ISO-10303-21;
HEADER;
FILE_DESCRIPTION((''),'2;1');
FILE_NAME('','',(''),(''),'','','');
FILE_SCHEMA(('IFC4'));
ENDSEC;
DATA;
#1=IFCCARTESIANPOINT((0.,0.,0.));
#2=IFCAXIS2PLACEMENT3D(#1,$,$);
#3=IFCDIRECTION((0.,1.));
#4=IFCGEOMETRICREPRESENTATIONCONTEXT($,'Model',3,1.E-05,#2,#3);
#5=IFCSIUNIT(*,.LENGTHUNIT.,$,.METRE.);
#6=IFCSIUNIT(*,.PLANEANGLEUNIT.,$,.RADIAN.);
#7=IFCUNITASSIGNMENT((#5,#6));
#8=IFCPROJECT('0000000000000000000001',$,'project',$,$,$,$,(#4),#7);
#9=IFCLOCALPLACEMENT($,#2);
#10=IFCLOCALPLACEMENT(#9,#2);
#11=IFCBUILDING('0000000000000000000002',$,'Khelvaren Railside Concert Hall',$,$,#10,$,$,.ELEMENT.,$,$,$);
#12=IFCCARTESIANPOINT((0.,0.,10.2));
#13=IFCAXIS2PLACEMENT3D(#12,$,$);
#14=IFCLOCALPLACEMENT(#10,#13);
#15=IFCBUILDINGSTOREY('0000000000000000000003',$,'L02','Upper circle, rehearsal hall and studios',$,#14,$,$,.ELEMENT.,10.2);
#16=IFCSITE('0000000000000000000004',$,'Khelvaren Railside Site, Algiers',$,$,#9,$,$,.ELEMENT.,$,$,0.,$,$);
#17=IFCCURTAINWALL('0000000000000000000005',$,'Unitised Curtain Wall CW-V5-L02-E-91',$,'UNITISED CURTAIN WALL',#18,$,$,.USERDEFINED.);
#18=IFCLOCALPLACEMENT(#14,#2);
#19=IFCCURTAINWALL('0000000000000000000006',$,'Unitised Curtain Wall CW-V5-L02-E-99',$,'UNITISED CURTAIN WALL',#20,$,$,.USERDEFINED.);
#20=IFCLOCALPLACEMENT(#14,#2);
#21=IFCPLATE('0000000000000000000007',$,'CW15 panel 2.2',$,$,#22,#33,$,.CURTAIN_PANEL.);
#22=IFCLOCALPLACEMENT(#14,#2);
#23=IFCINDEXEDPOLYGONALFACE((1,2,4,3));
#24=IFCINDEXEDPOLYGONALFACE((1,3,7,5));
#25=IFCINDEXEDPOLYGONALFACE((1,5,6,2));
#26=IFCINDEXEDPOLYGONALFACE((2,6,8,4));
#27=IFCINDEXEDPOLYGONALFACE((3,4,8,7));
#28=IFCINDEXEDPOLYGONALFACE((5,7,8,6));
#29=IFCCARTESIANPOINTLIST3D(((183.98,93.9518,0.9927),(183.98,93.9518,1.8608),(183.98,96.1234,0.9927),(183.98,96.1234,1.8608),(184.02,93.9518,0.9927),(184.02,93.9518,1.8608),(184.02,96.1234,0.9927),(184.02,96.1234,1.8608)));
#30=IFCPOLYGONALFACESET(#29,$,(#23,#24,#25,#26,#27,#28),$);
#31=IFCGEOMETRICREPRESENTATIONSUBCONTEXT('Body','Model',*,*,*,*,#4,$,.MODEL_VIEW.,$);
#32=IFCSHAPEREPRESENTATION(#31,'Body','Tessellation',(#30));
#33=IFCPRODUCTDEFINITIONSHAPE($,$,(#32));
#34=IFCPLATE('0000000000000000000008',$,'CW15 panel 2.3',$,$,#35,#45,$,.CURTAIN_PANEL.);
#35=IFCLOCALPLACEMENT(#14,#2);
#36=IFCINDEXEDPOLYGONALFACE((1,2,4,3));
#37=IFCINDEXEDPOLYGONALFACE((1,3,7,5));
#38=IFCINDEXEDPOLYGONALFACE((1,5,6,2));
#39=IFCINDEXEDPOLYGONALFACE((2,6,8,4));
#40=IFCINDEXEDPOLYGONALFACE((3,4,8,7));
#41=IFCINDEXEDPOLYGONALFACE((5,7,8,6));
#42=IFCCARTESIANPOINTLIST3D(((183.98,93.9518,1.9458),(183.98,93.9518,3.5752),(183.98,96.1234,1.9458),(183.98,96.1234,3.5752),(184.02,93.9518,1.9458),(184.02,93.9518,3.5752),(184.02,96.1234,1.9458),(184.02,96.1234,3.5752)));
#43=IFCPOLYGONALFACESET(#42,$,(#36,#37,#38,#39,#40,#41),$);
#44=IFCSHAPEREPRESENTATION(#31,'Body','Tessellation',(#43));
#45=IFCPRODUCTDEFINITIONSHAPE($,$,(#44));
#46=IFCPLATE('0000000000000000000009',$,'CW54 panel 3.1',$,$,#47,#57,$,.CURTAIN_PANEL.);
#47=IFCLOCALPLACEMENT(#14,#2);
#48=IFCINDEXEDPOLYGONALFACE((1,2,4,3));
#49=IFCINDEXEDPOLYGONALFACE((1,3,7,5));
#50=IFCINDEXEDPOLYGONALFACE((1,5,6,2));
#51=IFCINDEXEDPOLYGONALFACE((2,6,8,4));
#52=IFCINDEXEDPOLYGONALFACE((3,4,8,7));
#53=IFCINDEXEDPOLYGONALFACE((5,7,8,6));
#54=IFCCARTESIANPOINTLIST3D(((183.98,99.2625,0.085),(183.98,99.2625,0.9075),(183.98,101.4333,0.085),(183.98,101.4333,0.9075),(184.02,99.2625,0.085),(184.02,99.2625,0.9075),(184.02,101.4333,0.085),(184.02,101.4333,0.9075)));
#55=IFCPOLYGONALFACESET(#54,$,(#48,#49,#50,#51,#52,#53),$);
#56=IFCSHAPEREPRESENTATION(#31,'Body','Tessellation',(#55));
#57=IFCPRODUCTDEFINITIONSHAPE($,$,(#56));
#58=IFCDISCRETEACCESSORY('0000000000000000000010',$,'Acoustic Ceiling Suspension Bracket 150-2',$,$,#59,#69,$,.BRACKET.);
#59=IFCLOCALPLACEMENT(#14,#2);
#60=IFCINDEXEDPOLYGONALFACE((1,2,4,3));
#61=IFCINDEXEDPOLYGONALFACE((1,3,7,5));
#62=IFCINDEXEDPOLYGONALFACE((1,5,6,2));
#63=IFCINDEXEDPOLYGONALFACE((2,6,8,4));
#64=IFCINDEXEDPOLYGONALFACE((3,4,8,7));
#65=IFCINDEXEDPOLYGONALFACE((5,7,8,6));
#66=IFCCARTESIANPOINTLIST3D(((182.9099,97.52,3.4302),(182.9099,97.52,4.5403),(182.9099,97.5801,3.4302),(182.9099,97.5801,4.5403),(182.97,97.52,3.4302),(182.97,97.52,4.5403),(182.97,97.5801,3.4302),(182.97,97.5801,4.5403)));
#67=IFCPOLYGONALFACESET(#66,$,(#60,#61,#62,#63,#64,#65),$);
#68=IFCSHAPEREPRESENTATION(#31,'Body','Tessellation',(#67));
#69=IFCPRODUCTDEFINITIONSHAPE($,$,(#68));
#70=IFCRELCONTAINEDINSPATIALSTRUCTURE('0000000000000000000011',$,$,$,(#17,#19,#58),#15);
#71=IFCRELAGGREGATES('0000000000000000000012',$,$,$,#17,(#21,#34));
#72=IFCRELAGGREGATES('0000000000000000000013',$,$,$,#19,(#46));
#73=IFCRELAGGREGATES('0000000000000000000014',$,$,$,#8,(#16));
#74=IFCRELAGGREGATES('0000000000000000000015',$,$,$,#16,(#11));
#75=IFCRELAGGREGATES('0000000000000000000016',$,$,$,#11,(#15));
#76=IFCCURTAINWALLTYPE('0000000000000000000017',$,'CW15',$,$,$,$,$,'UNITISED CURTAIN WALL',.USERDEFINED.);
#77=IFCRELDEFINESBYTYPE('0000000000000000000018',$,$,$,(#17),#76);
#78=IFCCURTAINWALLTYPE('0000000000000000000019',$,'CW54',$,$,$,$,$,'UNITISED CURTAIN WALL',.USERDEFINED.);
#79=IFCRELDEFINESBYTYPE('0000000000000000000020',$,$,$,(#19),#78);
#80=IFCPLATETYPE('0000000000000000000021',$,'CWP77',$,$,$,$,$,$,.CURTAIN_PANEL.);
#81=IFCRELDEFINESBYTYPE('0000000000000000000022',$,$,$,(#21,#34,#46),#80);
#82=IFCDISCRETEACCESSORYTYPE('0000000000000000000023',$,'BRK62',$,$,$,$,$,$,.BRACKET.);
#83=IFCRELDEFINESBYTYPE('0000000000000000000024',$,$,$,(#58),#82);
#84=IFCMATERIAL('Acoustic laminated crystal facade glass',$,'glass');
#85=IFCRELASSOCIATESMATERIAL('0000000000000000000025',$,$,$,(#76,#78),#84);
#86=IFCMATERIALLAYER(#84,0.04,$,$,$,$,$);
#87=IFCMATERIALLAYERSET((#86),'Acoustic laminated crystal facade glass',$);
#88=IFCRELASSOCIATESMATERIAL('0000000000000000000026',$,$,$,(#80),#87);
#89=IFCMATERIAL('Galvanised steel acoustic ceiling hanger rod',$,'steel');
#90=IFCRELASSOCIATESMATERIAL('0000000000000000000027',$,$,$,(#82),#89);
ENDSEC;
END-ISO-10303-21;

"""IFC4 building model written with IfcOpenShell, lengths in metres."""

from ifc_helpers import new_model, si_unit, direction, frame, origin, origin_2d, place, context, subcontext, project, spatial, rectangle, extrude, material, layer, layer_set, type_object, element, aggregate, save


model = new_model("IFC4")

# Units and contexts
model_context = context("Model", 3, precision=1e-05, world=origin(), true_north=direction((0.0, 1.0)))
body_context = subcontext(model_context, "Body", "Model", "MODEL_VIEW")
ifc_project = project(units=[si_unit("LENGTHUNIT", "METRE"), si_unit("PLANEANGLEUNIT", "RADIAN")], contexts=[model_context])

# Site, building, storey
site_placement = place(None, origin())
site = spatial("IfcSite", under=ifc_project, at=site_placement, Name="Khelvaren Railside Site, Algiers", CompositionType="ELEMENT", RefElevation=0.0)
building_placement = place(site_placement, origin())
building = spatial("IfcBuilding", under=site, at=building_placement, Name="Khelvaren Railside Concert Hall", CompositionType="ELEMENT")
storey_placement = place(building_placement, frame((0.0, 0.0, 10.2)))
storey = spatial("IfcBuildingStorey", under=building, at=storey_placement, Name="L02", Description="Upper circle, rehearsal hall and studios", CompositionType="ELEMENT", Elevation=10.2)

# Curtain wall
ifc_material_1 = material(Name="Acoustic laminated crystal facade glass", Category="glass")
curtain_wall_type_1 = type_object("IfcCurtainWallType", Name="CW15", ElementType="UNITISED CURTAIN WALL", PredefinedType="USERDEFINED", material=ifc_material_1)
curtain_wall_1_placement = place(storey_placement, origin())
curtain_wall_1 = element("IfcCurtainWall", 1, at=curtain_wall_1_placement, inside=storey, type_object=curtain_wall_type_1, Name="Unitised Curtain Wall CW-V5-L02-E-91", ObjectType="UNITISED CURTAIN WALL", PredefinedType="USERDEFINED")

# Curtain wall
curtain_wall_type_2 = type_object("IfcCurtainWallType", Name="CW54", ElementType="UNITISED CURTAIN WALL", PredefinedType="USERDEFINED", material=ifc_material_1)
curtain_wall_2_placement = place(storey_placement, origin())
curtain_wall_2 = element("IfcCurtainWall", 2, at=curtain_wall_2_placement, inside=storey, type_object=curtain_wall_type_2, Name="Unitised Curtain Wall CW-V5-L02-E-99", ObjectType="UNITISED CURTAIN WALL", PredefinedType="USERDEFINED")

# Plates
ifc_layer = layer(ifc_material_1, 0.04)
ifc_layer_set = layer_set([ifc_layer], Name="Acoustic laminated crystal facade glass")
plate_type = type_object("IfcPlateType", Name="CWP77", PredefinedType="CURTAIN_PANEL", material=ifc_layer_set)
plate_1_placement = place(storey_placement, frame((184.0, 95.0376, 0.9927), z_axis=(0.0, 0.0, 1.0), x_axis=(0.0, -1.0, 0.0)))
plate_1 = element("IfcPlate", 3, at=plate_1_placement, type_object=plate_type, Name="CW15 panel 2.2", PredefinedType="CURTAIN_PANEL", context=body_context, shape_type="SweptSolid", body=[
    extrude(rectangle(XDim=2.1716, YDim=0.04, at=origin_2d()), origin(), (0.0, 0.0, 1.0), 0.8682),
])
plate_2_placement = place(storey_placement, frame((184.0, 95.0376, 1.9458), z_axis=(0.0, 0.0, 1.0), x_axis=(0.0, -1.0, 0.0)))
plate_2 = element("IfcPlate", 4, at=plate_2_placement, type_object=plate_type, Name="CW15 panel 2.3", PredefinedType="CURTAIN_PANEL", context=body_context, shape_type="SweptSolid", body=[
    extrude(rectangle(XDim=2.1716, YDim=0.04, at=origin_2d()), origin(), (0.0, 0.0, 1.0), 1.6294),
])
aggregate(curtain_wall_1, [plate_1, plate_2])
plate_3_placement = place(storey_placement, frame((184.0, 100.3479, 0.085), z_axis=(0.0, 0.0, 1.0), x_axis=(0.0, -1.0, 0.0)))
plate_3 = element("IfcPlate", 5, at=plate_3_placement, type_object=plate_type, Name="CW54 panel 3.1", PredefinedType="CURTAIN_PANEL", context=body_context, shape_type="SweptSolid", body=[
    extrude(rectangle(XDim=2.1709, YDim=0.04, at=origin_2d()), origin(), (0.0, 0.0, 1.0), 0.8225),
])
aggregate(curtain_wall_2, [plate_3])

# Discrete accessory
ifc_material_2 = material(Name="Galvanised steel acoustic ceiling hanger rod", Category="steel")
discrete_accessory_type = type_object("IfcDiscreteAccessoryType", Name="BRK62", PredefinedType="BRACKET", material=ifc_material_2)
discrete_accessory_placement = place(storey_placement, frame((182.9399, 97.55, 3.4302), z_axis=(0.0, 0.0, 1.0), x_axis=(1.0, 0.0, 0.0)))
element("IfcDiscreteAccessory", 6, at=discrete_accessory_placement, inside=storey, type_object=discrete_accessory_type, Name="Acoustic Ceiling Suspension Bracket 150-2", PredefinedType="BRACKET", context=body_context, shape_type="SweptSolid", body=[
    extrude(rectangle(XDim=0.0601, YDim=0.0601, at=origin_2d()), origin(), (0.0, 0.0, 1.0), 1.1101),
])

save(model, "model.ifc")
